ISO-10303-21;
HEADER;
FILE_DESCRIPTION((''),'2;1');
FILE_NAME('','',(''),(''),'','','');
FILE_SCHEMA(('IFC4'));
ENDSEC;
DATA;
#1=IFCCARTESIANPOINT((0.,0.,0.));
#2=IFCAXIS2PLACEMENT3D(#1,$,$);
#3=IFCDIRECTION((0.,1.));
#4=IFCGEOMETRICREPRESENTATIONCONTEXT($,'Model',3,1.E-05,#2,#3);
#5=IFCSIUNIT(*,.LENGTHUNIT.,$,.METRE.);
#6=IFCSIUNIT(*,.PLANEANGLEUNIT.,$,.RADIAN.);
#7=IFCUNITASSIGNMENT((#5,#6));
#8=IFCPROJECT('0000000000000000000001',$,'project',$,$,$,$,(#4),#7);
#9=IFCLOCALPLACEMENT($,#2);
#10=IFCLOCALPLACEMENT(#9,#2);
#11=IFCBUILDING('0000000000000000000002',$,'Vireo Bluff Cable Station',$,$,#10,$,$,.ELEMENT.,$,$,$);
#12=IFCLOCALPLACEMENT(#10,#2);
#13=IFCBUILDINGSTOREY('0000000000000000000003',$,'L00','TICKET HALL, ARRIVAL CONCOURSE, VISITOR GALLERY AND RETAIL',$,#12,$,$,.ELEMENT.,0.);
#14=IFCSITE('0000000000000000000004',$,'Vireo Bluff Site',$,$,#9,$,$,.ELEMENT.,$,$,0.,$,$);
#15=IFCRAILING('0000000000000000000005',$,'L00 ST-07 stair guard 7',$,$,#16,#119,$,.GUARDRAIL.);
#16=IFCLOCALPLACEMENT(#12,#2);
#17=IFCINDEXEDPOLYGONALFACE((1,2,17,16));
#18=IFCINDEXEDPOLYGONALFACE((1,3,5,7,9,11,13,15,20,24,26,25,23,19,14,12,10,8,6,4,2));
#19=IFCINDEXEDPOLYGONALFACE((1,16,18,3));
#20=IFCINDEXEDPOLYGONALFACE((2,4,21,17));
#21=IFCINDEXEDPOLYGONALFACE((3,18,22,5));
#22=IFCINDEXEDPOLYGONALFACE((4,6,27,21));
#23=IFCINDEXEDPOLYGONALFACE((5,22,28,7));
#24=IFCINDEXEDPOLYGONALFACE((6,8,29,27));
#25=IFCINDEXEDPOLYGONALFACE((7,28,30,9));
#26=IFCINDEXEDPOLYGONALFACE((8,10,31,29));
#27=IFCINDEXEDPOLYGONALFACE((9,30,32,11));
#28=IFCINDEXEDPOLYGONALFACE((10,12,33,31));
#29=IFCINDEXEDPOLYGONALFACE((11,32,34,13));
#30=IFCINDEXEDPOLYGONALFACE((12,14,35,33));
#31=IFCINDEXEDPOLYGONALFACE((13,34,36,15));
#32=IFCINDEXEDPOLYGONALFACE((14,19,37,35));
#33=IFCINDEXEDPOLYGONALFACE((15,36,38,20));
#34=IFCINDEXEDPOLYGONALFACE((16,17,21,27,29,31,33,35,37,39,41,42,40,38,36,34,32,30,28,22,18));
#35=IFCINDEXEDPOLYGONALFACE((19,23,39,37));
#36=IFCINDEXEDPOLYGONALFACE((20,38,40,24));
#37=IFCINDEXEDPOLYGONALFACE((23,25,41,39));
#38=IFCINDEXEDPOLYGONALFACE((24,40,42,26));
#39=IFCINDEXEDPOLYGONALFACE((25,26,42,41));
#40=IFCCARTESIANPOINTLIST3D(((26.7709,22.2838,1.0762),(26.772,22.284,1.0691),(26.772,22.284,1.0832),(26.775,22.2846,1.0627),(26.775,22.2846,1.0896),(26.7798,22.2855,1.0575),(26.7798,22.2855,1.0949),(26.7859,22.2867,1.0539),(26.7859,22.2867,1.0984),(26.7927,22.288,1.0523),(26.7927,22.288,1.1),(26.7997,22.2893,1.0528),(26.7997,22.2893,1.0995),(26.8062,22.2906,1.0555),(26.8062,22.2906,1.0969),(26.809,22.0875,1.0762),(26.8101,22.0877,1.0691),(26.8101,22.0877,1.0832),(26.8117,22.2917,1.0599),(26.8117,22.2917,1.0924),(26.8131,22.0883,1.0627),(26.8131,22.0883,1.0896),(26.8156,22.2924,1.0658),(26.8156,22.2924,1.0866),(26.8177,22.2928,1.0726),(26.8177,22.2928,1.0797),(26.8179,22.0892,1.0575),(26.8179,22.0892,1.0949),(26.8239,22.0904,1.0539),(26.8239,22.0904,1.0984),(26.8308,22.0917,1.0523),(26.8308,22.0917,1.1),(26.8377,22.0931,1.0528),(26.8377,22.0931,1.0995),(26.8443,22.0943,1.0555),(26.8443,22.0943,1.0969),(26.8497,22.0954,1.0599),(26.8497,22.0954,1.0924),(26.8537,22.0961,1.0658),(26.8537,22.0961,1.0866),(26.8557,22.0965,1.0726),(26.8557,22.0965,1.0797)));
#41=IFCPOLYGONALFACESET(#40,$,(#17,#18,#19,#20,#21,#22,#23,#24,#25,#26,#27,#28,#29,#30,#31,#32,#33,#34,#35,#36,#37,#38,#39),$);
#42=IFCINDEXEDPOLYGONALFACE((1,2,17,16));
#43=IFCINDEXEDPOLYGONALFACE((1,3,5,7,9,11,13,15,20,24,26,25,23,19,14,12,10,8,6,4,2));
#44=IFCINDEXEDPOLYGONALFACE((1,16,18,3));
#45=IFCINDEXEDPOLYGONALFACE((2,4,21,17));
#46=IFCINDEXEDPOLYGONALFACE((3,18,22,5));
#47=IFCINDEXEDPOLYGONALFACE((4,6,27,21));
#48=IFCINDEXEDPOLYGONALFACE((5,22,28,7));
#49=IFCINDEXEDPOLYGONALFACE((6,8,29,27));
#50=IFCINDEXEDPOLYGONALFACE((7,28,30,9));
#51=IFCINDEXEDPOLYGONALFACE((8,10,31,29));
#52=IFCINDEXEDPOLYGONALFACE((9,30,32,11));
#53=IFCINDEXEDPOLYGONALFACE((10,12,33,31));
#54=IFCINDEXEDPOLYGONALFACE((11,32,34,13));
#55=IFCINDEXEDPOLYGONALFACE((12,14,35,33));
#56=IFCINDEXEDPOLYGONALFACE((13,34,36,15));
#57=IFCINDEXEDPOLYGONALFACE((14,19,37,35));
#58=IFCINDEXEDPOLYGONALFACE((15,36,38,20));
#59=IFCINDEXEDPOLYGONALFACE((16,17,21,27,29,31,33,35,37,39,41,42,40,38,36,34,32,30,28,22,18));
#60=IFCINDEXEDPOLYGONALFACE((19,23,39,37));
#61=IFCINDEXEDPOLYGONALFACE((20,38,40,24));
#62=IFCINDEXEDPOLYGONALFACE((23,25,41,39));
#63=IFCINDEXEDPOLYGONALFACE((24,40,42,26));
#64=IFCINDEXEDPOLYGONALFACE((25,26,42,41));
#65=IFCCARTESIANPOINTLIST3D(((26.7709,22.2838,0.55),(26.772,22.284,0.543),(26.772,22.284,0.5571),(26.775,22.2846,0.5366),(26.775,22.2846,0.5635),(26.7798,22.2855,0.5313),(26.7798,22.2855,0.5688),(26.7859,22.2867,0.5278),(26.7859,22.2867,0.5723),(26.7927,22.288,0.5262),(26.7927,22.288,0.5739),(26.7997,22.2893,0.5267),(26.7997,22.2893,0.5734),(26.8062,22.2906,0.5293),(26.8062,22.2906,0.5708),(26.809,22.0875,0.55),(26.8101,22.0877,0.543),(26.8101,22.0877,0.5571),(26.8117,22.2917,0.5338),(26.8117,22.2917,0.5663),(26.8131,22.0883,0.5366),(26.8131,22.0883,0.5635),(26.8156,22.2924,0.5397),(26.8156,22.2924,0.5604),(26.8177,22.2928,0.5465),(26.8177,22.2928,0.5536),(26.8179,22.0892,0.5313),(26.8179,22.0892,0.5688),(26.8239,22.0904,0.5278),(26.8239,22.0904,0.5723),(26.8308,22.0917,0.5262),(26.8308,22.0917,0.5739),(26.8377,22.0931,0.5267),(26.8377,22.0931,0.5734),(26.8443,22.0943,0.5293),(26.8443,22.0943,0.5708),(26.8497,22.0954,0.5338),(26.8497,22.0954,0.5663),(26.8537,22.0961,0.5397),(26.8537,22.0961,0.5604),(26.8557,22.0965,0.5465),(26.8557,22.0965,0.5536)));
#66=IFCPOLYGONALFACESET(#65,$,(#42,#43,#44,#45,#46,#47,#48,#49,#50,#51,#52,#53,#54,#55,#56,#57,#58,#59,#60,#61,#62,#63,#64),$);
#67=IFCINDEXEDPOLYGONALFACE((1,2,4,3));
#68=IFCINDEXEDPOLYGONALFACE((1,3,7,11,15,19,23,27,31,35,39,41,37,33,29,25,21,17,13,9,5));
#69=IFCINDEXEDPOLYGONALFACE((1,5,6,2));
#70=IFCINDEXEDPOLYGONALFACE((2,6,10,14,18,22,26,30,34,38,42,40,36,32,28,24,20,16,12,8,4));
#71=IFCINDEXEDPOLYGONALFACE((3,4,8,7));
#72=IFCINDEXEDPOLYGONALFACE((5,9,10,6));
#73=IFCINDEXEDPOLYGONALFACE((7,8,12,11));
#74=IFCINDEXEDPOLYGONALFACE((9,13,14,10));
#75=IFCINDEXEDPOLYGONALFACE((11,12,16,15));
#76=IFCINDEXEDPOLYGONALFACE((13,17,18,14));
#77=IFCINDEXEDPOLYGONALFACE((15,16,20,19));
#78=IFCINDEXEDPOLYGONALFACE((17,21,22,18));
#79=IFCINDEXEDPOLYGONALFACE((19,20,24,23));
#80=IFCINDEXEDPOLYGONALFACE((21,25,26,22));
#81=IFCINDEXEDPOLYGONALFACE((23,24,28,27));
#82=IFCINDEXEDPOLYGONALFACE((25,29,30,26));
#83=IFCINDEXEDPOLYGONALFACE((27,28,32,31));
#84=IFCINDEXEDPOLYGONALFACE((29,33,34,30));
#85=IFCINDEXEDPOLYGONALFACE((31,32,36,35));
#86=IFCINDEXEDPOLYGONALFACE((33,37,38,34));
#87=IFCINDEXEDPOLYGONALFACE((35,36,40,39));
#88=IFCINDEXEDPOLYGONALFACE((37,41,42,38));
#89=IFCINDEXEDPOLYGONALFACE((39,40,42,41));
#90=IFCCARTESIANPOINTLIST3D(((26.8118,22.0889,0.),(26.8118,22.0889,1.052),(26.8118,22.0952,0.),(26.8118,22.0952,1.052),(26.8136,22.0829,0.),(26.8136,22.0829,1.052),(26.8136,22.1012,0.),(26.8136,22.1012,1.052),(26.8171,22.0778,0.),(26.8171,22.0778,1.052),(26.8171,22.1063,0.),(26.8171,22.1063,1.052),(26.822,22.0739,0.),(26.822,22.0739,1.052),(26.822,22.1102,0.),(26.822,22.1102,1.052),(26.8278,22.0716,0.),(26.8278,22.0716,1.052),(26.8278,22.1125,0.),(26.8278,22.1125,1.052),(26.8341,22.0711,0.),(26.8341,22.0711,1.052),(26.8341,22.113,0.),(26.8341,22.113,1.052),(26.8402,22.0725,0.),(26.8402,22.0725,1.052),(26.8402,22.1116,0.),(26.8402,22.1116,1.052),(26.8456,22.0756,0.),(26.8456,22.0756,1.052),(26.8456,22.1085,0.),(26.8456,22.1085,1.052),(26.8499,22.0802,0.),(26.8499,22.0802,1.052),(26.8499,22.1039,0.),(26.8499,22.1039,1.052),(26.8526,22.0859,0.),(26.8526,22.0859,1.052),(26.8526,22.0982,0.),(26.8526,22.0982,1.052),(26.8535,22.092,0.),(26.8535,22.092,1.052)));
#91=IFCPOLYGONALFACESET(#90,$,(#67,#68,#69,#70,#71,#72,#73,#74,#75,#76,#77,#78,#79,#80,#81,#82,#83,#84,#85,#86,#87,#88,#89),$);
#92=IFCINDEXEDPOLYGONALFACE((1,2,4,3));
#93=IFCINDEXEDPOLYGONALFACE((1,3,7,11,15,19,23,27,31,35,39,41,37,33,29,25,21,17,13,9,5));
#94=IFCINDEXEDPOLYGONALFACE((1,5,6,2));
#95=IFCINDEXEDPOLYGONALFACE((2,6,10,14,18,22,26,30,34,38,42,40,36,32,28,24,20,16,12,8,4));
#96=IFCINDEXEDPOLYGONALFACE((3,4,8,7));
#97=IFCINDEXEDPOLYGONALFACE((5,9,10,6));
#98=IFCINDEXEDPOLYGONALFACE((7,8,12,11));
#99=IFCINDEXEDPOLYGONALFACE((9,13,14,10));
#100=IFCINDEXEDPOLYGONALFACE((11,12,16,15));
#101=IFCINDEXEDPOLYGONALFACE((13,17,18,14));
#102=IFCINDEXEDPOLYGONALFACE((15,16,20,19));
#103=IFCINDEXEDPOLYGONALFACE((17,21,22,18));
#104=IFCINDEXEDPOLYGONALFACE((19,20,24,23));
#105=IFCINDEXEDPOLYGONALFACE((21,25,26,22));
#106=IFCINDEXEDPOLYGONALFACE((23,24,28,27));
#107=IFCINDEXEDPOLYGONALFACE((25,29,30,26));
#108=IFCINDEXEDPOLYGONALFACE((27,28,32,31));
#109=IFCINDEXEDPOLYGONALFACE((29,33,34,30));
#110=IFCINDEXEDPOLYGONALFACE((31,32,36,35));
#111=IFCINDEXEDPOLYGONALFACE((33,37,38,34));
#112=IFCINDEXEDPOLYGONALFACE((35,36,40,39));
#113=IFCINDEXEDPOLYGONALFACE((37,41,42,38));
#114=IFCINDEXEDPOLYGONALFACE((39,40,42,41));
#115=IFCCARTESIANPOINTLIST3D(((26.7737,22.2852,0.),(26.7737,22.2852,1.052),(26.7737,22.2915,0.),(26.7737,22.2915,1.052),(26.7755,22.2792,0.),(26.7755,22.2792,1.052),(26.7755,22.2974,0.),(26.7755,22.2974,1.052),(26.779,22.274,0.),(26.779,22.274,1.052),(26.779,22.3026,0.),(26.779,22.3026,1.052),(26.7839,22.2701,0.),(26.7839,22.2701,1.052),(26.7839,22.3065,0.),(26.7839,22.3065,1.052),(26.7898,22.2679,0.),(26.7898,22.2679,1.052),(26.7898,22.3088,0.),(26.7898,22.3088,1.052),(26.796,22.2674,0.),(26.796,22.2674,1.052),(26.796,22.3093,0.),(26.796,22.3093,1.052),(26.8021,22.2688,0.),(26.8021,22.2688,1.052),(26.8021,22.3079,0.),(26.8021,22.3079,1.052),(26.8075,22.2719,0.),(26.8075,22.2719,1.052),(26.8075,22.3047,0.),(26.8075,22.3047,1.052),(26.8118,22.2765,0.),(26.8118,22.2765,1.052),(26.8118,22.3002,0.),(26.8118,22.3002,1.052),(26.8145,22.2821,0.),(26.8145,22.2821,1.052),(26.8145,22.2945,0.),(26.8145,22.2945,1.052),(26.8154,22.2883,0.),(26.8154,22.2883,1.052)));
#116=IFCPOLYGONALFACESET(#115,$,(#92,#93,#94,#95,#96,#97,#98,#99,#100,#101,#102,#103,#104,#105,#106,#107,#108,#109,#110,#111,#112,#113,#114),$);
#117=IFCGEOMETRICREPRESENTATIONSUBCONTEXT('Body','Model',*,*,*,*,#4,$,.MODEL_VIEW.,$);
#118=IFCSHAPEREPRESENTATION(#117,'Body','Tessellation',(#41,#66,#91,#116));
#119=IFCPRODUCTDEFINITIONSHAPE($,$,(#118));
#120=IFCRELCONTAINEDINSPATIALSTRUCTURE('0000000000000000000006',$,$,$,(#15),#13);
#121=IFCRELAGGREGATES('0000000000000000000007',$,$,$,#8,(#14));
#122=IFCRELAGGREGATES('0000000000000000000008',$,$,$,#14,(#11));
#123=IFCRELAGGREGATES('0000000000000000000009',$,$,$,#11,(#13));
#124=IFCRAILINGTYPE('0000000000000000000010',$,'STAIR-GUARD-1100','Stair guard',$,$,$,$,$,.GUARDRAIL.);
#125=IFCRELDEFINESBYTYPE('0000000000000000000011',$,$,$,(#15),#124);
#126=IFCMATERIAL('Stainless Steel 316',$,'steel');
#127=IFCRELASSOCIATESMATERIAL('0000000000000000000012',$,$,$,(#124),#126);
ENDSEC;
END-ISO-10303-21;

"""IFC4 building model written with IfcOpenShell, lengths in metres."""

from ifc_helpers import new_model, si_unit, direction, frame, origin, origin_2d, place, context, subcontext, project, spatial, circle, extrude, material, type_object, element, save


model = new_model("IFC4")

# Units and contexts
model_context = context("Model", 3, precision=1e-05, world=origin(), true_north=direction((0.0, 1.0)))
body_context = subcontext(model_context, "Body", "Model", "MODEL_VIEW")
ifc_project = project(units=[si_unit("LENGTHUNIT", "METRE"), si_unit("PLANEANGLEUNIT", "RADIAN")], contexts=[model_context])

# Site, building, storey
site_placement = place(None, origin())
site = spatial("IfcSite", under=ifc_project, at=site_placement, Name="Vireo Bluff Site", CompositionType="ELEMENT", RefElevation=0.0)
building_placement = place(site_placement, origin())
building = spatial("IfcBuilding", under=site, at=building_placement, Name="Vireo Bluff Cable Station", CompositionType="ELEMENT")
storey_placement = place(building_placement, origin())
storey = spatial("IfcBuildingStorey", under=building, at=storey_placement, Name="L00", Description="TICKET HALL, ARRIVAL CONCOURSE, VISITOR GALLERY AND RETAIL", CompositionType="ELEMENT", Elevation=0.0)

# Railing
ifc_material_1 = material(Name="Stainless Steel 316", Category="steel")
railing_type_1 = type_object("IfcRailingType", Name="STAIR-GUARD-1100", Description="Stair guard", PredefinedType="GUARDRAIL", material=ifc_material_1)
railing_1_placement = place(storey_placement, frame((26.8325, 22.092, 0.0)))
element("IfcRailing", 1, at=railing_1_placement, inside=storey, type_object=railing_type_1, Name="L00 ST-07 stair guard 7", PredefinedType="GUARDRAIL", context=body_context, shape_type="SweptSolid", body=[
    extrude(circle(Radius=0.0239, at=origin_2d()), frame((0.0, 0.0, 1.0762), z_axis=(-0.190477, 0.981692, 0.0), x_axis=(-0.981692, -0.190477, 0.0)), (0.0, 0.0, 1.0), 0.2),
    extrude(circle(Radius=0.0239, at=origin_2d()), frame((0.0, 0.0, 0.55), z_axis=(-0.190477, 0.981692, 0.0), x_axis=(-0.981692, -0.190477, 0.0)), (0.0, 0.0, 1.0), 0.2),
    extrude(circle(Radius=0.021, at=origin_2d()), origin(), (0.0, 0.0, 1.0), 1.052),
    extrude(circle(Radius=0.021, at=origin_2d()), frame((-0.0381, 0.1963, 0.0)), (0.0, 0.0, 1.0), 1.052),
])

save(model, "model.ifc")
